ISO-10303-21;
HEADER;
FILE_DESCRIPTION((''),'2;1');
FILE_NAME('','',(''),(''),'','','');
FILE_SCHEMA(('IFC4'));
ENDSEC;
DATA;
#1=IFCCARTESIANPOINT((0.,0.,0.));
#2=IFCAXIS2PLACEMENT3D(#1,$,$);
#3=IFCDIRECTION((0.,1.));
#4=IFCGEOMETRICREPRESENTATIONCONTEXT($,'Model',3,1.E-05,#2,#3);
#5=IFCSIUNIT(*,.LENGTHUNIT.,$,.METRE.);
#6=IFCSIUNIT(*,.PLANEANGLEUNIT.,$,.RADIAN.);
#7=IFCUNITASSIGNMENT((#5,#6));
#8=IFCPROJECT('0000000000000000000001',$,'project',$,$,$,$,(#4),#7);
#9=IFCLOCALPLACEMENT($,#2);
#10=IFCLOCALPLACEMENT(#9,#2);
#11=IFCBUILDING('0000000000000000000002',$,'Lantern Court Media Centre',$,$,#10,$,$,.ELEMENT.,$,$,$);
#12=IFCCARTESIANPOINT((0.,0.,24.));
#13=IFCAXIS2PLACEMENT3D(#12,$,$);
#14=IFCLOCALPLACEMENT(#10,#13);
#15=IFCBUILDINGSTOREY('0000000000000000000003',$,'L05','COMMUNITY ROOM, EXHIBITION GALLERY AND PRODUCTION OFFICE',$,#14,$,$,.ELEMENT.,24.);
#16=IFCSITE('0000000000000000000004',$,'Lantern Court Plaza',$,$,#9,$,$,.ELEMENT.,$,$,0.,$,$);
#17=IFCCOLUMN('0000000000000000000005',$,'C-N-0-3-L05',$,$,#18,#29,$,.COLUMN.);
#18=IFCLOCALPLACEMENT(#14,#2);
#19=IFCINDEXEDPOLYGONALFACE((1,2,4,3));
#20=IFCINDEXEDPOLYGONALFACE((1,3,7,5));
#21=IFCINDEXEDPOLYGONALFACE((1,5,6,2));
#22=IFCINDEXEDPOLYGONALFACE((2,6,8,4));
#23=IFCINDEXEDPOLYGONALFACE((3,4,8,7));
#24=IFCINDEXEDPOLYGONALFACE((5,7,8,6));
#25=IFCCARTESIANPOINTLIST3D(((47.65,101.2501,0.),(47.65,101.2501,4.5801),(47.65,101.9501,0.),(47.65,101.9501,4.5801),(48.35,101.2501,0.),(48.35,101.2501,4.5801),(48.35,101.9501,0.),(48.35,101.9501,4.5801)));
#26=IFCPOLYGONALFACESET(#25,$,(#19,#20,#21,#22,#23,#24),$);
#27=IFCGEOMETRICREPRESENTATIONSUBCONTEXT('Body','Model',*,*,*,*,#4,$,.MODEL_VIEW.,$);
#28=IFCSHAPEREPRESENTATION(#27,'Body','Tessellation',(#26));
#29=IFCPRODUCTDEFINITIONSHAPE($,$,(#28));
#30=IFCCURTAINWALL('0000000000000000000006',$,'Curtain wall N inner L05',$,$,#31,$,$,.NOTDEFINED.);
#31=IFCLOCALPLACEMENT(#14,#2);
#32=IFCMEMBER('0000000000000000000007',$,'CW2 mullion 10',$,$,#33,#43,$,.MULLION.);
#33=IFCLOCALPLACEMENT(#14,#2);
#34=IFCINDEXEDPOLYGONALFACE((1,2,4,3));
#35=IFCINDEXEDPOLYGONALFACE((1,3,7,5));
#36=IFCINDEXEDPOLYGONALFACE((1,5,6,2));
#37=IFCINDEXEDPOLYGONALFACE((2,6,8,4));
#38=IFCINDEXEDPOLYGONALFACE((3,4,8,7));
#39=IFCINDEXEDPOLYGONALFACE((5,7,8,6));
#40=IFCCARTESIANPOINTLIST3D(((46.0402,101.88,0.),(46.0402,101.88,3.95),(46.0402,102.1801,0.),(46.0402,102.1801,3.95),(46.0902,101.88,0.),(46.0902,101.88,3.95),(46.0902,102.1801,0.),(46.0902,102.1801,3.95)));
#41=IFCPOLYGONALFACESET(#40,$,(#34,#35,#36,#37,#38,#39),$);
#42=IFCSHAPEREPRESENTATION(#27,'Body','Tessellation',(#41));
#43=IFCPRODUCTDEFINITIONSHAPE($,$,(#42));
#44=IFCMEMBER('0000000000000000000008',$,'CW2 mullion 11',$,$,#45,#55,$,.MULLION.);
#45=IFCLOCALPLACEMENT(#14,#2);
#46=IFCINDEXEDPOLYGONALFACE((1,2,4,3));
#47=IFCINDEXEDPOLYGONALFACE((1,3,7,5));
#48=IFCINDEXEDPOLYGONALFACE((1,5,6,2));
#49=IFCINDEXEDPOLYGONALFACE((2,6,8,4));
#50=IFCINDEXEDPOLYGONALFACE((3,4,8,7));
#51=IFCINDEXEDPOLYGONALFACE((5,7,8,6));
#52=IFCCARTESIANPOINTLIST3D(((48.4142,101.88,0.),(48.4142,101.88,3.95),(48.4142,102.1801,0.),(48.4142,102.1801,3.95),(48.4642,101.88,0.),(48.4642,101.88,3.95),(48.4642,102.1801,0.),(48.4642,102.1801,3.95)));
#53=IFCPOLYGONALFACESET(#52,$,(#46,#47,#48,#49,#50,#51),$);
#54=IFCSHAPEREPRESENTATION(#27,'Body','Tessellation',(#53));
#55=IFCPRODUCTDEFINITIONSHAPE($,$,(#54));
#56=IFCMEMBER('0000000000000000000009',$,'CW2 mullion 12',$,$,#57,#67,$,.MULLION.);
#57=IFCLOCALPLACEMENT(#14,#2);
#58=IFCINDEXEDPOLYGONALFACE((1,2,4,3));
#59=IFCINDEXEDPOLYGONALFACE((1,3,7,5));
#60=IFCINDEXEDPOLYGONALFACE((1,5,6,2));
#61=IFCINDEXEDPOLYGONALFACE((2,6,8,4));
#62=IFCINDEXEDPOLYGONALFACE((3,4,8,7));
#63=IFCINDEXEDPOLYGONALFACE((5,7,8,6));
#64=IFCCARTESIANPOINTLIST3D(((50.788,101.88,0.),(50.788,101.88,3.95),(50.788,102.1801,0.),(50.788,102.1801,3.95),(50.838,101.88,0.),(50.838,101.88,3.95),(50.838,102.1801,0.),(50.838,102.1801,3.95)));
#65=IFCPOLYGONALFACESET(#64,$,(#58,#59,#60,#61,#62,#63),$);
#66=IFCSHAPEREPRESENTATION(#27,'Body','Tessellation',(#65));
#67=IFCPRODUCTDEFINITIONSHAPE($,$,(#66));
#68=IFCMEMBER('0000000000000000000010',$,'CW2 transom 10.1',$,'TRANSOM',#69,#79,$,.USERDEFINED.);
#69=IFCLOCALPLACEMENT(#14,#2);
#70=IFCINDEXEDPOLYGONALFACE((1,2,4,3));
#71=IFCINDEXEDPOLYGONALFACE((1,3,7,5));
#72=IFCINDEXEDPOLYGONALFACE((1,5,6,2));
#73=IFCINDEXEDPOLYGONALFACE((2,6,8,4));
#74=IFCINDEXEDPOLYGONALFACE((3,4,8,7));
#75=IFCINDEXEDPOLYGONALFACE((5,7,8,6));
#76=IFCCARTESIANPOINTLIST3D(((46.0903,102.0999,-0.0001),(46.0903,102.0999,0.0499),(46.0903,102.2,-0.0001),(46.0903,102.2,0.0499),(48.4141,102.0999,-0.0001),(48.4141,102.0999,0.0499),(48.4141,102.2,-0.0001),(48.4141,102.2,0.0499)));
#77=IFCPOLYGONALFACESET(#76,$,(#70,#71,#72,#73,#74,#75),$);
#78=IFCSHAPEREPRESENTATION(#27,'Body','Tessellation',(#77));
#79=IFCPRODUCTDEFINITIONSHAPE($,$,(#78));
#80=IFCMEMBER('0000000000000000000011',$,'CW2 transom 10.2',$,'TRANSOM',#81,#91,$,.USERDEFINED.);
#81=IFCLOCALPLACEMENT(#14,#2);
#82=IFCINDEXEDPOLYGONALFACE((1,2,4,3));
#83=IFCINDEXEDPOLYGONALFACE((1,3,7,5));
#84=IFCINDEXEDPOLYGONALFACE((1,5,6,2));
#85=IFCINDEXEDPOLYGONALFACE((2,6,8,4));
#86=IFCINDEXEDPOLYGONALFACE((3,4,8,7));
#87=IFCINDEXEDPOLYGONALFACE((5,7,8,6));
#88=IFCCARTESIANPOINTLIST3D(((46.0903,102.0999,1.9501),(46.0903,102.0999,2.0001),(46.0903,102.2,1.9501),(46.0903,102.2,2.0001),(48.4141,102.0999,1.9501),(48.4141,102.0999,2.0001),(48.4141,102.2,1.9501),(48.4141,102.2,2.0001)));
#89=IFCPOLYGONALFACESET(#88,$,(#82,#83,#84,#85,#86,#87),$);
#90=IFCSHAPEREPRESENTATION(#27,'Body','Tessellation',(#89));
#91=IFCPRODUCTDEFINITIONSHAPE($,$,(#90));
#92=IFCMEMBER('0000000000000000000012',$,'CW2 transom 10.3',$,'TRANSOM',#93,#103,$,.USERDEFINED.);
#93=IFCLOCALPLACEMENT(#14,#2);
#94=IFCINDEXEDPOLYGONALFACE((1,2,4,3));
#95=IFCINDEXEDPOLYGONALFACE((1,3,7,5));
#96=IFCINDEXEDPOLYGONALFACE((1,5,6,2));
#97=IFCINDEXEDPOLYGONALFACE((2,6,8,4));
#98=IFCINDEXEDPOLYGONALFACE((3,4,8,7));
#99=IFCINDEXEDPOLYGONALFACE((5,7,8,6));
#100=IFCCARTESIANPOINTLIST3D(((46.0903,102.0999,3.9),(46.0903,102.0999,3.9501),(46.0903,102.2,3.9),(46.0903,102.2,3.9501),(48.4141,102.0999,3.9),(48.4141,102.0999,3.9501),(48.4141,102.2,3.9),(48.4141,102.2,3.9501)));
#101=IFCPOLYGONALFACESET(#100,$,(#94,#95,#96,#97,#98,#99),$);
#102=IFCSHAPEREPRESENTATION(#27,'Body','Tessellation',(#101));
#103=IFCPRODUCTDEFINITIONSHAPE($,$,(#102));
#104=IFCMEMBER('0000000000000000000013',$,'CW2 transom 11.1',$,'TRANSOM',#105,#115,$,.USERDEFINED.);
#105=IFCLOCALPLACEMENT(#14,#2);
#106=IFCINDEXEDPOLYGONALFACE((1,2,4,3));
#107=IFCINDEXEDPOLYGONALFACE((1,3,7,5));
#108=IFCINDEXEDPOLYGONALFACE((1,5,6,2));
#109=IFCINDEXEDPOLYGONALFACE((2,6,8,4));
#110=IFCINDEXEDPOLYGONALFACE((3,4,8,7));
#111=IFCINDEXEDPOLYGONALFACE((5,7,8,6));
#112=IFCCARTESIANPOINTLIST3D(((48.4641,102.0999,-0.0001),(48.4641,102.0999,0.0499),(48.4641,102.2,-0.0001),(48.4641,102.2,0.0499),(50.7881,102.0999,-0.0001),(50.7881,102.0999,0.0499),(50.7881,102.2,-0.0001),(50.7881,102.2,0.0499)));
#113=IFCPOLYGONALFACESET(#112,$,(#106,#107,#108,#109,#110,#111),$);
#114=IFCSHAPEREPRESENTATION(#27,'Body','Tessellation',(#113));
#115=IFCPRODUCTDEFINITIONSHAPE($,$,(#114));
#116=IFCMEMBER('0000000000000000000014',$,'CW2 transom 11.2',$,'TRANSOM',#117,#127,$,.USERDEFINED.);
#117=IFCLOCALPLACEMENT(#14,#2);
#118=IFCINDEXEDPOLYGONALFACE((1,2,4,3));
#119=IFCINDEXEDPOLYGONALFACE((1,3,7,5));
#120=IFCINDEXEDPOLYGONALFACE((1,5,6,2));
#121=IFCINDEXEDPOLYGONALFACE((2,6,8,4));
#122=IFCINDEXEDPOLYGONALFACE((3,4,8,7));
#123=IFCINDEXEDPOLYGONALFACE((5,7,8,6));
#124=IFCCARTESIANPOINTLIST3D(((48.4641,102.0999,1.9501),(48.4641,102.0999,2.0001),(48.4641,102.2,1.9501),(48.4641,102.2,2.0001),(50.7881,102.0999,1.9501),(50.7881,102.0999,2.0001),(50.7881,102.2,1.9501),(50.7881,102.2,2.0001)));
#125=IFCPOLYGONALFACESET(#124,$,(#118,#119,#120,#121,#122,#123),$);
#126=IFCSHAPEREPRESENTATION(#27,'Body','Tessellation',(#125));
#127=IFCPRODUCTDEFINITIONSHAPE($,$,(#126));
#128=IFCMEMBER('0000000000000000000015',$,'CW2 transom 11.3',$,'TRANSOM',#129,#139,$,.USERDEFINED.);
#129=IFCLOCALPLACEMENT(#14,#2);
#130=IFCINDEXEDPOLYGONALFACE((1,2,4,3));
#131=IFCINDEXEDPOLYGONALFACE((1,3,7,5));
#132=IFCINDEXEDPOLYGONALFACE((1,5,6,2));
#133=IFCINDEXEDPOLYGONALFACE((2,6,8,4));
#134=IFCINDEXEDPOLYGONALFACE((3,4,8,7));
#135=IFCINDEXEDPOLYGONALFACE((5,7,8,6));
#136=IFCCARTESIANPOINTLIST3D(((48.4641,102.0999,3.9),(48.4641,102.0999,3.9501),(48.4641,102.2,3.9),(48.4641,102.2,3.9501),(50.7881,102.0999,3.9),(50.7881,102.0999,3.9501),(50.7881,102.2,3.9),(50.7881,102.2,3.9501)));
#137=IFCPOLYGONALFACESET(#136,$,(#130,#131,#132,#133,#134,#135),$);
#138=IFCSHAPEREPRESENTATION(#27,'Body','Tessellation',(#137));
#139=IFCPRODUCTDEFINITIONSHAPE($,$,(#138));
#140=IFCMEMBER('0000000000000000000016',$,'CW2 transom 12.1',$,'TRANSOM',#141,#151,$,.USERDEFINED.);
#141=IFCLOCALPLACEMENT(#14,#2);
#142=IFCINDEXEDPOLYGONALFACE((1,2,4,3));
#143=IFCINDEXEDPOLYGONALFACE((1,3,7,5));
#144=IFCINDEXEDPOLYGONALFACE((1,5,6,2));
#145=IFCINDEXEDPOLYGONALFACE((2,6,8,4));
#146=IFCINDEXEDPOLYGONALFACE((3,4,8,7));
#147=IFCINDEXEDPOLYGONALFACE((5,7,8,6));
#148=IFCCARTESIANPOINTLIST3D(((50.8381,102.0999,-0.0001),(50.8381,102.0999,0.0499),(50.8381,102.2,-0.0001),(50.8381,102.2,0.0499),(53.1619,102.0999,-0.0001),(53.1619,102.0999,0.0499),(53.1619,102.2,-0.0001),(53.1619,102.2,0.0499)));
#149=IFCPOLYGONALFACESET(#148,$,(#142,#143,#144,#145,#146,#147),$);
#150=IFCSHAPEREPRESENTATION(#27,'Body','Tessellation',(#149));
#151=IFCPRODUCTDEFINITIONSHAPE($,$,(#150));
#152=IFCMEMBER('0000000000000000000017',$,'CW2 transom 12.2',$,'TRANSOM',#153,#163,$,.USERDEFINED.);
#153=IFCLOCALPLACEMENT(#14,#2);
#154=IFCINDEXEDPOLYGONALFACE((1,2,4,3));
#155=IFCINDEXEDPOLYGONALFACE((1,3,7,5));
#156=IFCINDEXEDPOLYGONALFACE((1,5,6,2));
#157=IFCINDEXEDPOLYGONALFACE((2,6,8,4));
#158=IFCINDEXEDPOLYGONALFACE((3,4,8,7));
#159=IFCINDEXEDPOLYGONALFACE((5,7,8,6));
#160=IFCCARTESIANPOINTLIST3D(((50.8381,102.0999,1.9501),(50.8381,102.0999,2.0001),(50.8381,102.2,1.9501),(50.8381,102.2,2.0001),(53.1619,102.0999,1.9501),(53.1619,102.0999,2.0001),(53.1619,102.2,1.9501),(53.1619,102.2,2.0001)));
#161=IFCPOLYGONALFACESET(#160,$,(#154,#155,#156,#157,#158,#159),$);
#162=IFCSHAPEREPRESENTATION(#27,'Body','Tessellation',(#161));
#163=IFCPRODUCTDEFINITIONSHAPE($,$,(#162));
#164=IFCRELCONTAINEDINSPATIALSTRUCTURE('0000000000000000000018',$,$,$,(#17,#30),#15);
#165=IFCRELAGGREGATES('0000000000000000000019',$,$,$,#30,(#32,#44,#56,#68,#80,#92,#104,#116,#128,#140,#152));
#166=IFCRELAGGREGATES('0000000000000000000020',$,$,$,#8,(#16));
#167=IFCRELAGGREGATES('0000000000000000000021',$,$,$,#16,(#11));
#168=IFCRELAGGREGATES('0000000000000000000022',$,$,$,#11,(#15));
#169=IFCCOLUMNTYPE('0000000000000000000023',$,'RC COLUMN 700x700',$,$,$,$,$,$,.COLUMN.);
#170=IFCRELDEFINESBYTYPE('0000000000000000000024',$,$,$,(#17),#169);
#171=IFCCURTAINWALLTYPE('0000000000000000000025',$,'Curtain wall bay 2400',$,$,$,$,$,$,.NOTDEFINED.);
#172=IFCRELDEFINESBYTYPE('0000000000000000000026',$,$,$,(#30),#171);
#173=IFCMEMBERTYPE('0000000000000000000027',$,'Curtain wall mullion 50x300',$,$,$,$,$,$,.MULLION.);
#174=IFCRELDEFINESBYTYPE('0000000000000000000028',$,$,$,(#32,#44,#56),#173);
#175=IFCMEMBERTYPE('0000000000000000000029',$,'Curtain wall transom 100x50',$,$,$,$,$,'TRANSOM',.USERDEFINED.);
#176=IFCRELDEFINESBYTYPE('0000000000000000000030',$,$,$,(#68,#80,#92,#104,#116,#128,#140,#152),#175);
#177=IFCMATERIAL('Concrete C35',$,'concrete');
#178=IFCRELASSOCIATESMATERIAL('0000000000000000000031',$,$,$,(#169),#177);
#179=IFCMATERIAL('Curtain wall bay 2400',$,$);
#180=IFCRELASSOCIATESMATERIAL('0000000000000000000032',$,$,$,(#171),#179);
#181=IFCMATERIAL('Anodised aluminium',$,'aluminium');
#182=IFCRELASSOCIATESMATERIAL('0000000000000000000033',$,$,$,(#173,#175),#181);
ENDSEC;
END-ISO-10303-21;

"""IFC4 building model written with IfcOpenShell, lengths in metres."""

from ifc_helpers import new_model, si_unit, direction, frame, origin, origin_2d, place, context, subcontext, project, spatial, rectangle, extrude, material, material_profile, profile_set, type_object, element, aggregate, save


model = new_model("IFC4")

# Units and contexts
model_context = context("Model", 3, precision=1e-05, world=origin(), true_north=direction((0.0, 1.0)))
body_context = subcontext(model_context, "Body", "Model", "MODEL_VIEW")
ifc_project = project(units=[si_unit("LENGTHUNIT", "METRE"), si_unit("PLANEANGLEUNIT", "RADIAN")], contexts=[model_context])

# Site, building, storey
site_placement = place(None, origin())
site = spatial("IfcSite", under=ifc_project, at=site_placement, Name="Lantern Court Plaza", CompositionType="ELEMENT", RefElevation=0.0)
building_placement = place(site_placement, origin())
building = spatial("IfcBuilding", under=site, at=building_placement, Name="Lantern Court Media Centre", CompositionType="ELEMENT")
storey_placement = place(building_placement, frame((0.0, 0.0, 24.0)))
storey = spatial("IfcBuildingStorey", under=building, at=storey_placement, Name="L05", Description="COMMUNITY ROOM, EXHIBITION GALLERY AND PRODUCTION OFFICE", CompositionType="ELEMENT", Elevation=24.0)

# Column
ifc_material_1 = material(Name="Concrete C35", Category="concrete")
ifc_material_profile_1 = material_profile(ifc_material_1, rectangle(XDim=0.7, YDim=0.7, at=origin_2d()), Name="RC 700x700")
ifc_profile_set_1 = profile_set([ifc_material_profile_1], Name="Concrete C35")
column_type = type_object("IfcColumnType", Name="RC COLUMN 700x700", PredefinedType="COLUMN", material=ifc_profile_set_1)
column_placement = place(storey_placement, frame((48.0, 101.6001, 0.0), z_axis=(0.0, 0.0, 1.0), x_axis=(1.0, 0.0, 0.0)))
element("IfcColumn", 1, at=column_placement, inside=storey, type_object=column_type, Name="C-N-0-3-L05", PredefinedType="COLUMN", context=body_context, shape_type="SweptSolid", body=[
    extrude(rectangle(XDim=0.7, YDim=0.7, at=origin_2d()), origin(), (0.0, 0.0, 1.0), 4.5801),
])

# Curtain wall, members
ifc_material_2 = material(Name="Curtain wall bay 2400")
curtain_wall_type = type_object("IfcCurtainWallType", Name="Curtain wall bay 2400", PredefinedType="NOTDEFINED", material=ifc_material_2)
curtain_wall_placement = place(storey_placement, origin())
curtain_wall = element("IfcCurtainWall", 2, at=curtain_wall_placement, inside=storey, type_object=curtain_wall_type, Name="Curtain wall N inner L05", PredefinedType="NOTDEFINED")
ifc_material_3 = material(Name="Anodised aluminium", Category="aluminium")
ifc_material_profile_2 = material_profile(ifc_material_3, rectangle(XDim=0.3, YDim=0.05, at=origin_2d()), Name="AL 50x300")
ifc_profile_set_2 = profile_set([ifc_material_profile_2], Name="Anodised aluminium")
member_type_1 = type_object("IfcMemberType", Name="Curtain wall mullion 50x300", PredefinedType="MULLION", material=ifc_profile_set_2)
member_1_placement = place(storey_placement, frame((46.0652, 102.03, 0.0), z_axis=(0.0, 0.0, 1.0), x_axis=(0.0, 1.0, 0.0)))
member_1 = element("IfcMember", 3, at=member_1_placement, type_object=member_type_1, Name="CW2 mullion 10", PredefinedType="MULLION", context=body_context, shape_type="SweptSolid", body=[
    extrude(rectangle(XDim=0.3, YDim=0.05, at=origin_2d()), origin(), (0.0, 0.0, 1.0), 3.95),
])
member_2_placement = place(storey_placement, frame((48.4392, 102.03, 0.0), z_axis=(0.0, 0.0, 1.0), x_axis=(0.0, 1.0, 0.0)))
member_2 = element("IfcMember", 4, at=member_2_placement, type_object=member_type_1, Name="CW2 mullion 11", PredefinedType="MULLION", context=body_context, shape_type="SweptSolid", body=[
    extrude(rectangle(XDim=0.3, YDim=0.05, at=origin_2d()), origin(), (0.0, 0.0, 1.0), 3.95),
])
member_3_placement = place(storey_placement, frame((50.813, 102.03, 0.0), z_axis=(0.0, 0.0, 1.0), x_axis=(0.0, 1.0, 0.0)))
member_3 = element("IfcMember", 5, at=member_3_placement, type_object=member_type_1, Name="CW2 mullion 12", PredefinedType="MULLION", context=body_context, shape_type="SweptSolid", body=[
    extrude(rectangle(XDim=0.3, YDim=0.05, at=origin_2d()), origin(), (0.0, 0.0, 1.0), 3.95),
])
ifc_material_profile_3 = material_profile(ifc_material_3, rectangle(XDim=0.1001, YDim=0.05, at=origin_2d()), Name="AL 50x100")
ifc_profile_set_3 = profile_set([ifc_material_profile_3], Name="Anodised aluminium")
member_type_2 = type_object("IfcMemberType", Name="Curtain wall transom 100x50", ElementType="TRANSOM", PredefinedType="USERDEFINED", material=ifc_profile_set_3)
member_4_placement = place(storey_placement, frame((46.0903, 102.1499, 0.0249), z_axis=(1.0, 0.0, 0.0), x_axis=(0.0, 1.0, 0.0)))
member_4 = element("IfcMember", 6, at=member_4_placement, type_object=member_type_2, Name="CW2 transom 10.1", ObjectType="TRANSOM", PredefinedType="USERDEFINED", context=body_context, shape_type="SweptSolid", body=[
    extrude(rectangle(XDim=0.1001, YDim=0.05, at=origin_2d()), origin(), (0.0, 0.0, 1.0), 2.3237),
])
member_5_placement = place(storey_placement, frame((46.0903, 102.1499, 1.9751), z_axis=(1.0, 0.0, 0.0), x_axis=(0.0, 1.0, 0.0)))
member_5 = element("IfcMember", 7, at=member_5_placement, type_object=member_type_2, Name="CW2 transom 10.2", ObjectType="TRANSOM", PredefinedType="USERDEFINED", context=body_context, shape_type="SweptSolid", body=[
    extrude(rectangle(XDim=0.1001, YDim=0.05, at=origin_2d()), origin(), (0.0, 0.0, 1.0), 2.3237),
])
member_6_placement = place(storey_placement, frame((46.0903, 102.1499, 3.925), z_axis=(1.0, 0.0, 0.0), x_axis=(0.0, 1.0, 0.0)))
member_6 = element("IfcMember", 8, at=member_6_placement, type_object=member_type_2, Name="CW2 transom 10.3", ObjectType="TRANSOM", PredefinedType="USERDEFINED", context=body_context, shape_type="SweptSolid", body=[
    extrude(rectangle(XDim=0.1001, YDim=0.05, at=origin_2d()), origin(), (0.0, 0.0, 1.0), 2.3237),
])
member_7_placement = place(storey_placement, frame((48.4641, 102.1499, 0.0249), z_axis=(1.0, 0.0, 0.0), x_axis=(0.0, 1.0, 0.0)))
member_7 = element("IfcMember", 9, at=member_7_placement, type_object=member_type_2, Name="CW2 transom 11.1", ObjectType="TRANSOM", PredefinedType="USERDEFINED", context=body_context, shape_type="SweptSolid", body=[
    extrude(rectangle(XDim=0.1001, YDim=0.05, at=origin_2d()), origin(), (0.0, 0.0, 1.0), 2.324),
])
member_8_placement = place(storey_placement, frame((48.4641, 102.1499, 1.9751), z_axis=(1.0, 0.0, 0.0), x_axis=(0.0, 1.0, 0.0)))
member_8 = element("IfcMember", 10, at=member_8_placement, type_object=member_type_2, Name="CW2 transom 11.2", ObjectType="TRANSOM", PredefinedType="USERDEFINED", context=body_context, shape_type="SweptSolid", body=[
    extrude(rectangle(XDim=0.1001, YDim=0.05, at=origin_2d()), origin(), (0.0, 0.0, 1.0), 2.324),
])
member_9_placement = place(storey_placement, frame((48.4641, 102.1499, 3.925), z_axis=(1.0, 0.0, 0.0), x_axis=(0.0, 1.0, 0.0)))
member_9 = element("IfcMember", 11, at=member_9_placement, type_object=member_type_2, Name="CW2 transom 11.3", ObjectType="TRANSOM", PredefinedType="USERDEFINED", context=body_context, shape_type="SweptSolid", body=[
    extrude(rectangle(XDim=0.1001, YDim=0.05, at=origin_2d()), origin(), (0.0, 0.0, 1.0), 2.324),
])
member_10_placement = place(storey_placement, frame((50.8381, 102.1499, 0.0249), z_axis=(1.0, 0.0, 0.0), x_axis=(0.0, 1.0, 0.0)))
member_10 = element("IfcMember", 12, at=member_10_placement, type_object=member_type_2, Name="CW2 transom 12.1", ObjectType="TRANSOM", PredefinedType="USERDEFINED", context=body_context, shape_type="SweptSolid", body=[
    extrude(rectangle(XDim=0.1001, YDim=0.05, at=origin_2d()), origin(), (0.0, 0.0, 1.0), 2.3237),
])
member_11_placement = place(storey_placement, frame((50.8381, 102.1499, 1.9751), z_axis=(1.0, 0.0, 0.0), x_axis=(0.0, 1.0, 0.0)))
member_11 = element("IfcMember", 13, at=member_11_placement, type_object=member_type_2, Name="CW2 transom 12.2", ObjectType="TRANSOM", PredefinedType="USERDEFINED", context=body_context, shape_type="SweptSolid", body=[
    extrude(rectangle(XDim=0.1001, YDim=0.05, at=origin_2d()), origin(), (0.0, 0.0, 1.0), 2.3237),
])

aggregate(curtain_wall, [member_1, member_2, member_3, member_4, member_5, member_6, member_7, member_8, member_9, member_10, member_11])

save(model, "model.ifc")
